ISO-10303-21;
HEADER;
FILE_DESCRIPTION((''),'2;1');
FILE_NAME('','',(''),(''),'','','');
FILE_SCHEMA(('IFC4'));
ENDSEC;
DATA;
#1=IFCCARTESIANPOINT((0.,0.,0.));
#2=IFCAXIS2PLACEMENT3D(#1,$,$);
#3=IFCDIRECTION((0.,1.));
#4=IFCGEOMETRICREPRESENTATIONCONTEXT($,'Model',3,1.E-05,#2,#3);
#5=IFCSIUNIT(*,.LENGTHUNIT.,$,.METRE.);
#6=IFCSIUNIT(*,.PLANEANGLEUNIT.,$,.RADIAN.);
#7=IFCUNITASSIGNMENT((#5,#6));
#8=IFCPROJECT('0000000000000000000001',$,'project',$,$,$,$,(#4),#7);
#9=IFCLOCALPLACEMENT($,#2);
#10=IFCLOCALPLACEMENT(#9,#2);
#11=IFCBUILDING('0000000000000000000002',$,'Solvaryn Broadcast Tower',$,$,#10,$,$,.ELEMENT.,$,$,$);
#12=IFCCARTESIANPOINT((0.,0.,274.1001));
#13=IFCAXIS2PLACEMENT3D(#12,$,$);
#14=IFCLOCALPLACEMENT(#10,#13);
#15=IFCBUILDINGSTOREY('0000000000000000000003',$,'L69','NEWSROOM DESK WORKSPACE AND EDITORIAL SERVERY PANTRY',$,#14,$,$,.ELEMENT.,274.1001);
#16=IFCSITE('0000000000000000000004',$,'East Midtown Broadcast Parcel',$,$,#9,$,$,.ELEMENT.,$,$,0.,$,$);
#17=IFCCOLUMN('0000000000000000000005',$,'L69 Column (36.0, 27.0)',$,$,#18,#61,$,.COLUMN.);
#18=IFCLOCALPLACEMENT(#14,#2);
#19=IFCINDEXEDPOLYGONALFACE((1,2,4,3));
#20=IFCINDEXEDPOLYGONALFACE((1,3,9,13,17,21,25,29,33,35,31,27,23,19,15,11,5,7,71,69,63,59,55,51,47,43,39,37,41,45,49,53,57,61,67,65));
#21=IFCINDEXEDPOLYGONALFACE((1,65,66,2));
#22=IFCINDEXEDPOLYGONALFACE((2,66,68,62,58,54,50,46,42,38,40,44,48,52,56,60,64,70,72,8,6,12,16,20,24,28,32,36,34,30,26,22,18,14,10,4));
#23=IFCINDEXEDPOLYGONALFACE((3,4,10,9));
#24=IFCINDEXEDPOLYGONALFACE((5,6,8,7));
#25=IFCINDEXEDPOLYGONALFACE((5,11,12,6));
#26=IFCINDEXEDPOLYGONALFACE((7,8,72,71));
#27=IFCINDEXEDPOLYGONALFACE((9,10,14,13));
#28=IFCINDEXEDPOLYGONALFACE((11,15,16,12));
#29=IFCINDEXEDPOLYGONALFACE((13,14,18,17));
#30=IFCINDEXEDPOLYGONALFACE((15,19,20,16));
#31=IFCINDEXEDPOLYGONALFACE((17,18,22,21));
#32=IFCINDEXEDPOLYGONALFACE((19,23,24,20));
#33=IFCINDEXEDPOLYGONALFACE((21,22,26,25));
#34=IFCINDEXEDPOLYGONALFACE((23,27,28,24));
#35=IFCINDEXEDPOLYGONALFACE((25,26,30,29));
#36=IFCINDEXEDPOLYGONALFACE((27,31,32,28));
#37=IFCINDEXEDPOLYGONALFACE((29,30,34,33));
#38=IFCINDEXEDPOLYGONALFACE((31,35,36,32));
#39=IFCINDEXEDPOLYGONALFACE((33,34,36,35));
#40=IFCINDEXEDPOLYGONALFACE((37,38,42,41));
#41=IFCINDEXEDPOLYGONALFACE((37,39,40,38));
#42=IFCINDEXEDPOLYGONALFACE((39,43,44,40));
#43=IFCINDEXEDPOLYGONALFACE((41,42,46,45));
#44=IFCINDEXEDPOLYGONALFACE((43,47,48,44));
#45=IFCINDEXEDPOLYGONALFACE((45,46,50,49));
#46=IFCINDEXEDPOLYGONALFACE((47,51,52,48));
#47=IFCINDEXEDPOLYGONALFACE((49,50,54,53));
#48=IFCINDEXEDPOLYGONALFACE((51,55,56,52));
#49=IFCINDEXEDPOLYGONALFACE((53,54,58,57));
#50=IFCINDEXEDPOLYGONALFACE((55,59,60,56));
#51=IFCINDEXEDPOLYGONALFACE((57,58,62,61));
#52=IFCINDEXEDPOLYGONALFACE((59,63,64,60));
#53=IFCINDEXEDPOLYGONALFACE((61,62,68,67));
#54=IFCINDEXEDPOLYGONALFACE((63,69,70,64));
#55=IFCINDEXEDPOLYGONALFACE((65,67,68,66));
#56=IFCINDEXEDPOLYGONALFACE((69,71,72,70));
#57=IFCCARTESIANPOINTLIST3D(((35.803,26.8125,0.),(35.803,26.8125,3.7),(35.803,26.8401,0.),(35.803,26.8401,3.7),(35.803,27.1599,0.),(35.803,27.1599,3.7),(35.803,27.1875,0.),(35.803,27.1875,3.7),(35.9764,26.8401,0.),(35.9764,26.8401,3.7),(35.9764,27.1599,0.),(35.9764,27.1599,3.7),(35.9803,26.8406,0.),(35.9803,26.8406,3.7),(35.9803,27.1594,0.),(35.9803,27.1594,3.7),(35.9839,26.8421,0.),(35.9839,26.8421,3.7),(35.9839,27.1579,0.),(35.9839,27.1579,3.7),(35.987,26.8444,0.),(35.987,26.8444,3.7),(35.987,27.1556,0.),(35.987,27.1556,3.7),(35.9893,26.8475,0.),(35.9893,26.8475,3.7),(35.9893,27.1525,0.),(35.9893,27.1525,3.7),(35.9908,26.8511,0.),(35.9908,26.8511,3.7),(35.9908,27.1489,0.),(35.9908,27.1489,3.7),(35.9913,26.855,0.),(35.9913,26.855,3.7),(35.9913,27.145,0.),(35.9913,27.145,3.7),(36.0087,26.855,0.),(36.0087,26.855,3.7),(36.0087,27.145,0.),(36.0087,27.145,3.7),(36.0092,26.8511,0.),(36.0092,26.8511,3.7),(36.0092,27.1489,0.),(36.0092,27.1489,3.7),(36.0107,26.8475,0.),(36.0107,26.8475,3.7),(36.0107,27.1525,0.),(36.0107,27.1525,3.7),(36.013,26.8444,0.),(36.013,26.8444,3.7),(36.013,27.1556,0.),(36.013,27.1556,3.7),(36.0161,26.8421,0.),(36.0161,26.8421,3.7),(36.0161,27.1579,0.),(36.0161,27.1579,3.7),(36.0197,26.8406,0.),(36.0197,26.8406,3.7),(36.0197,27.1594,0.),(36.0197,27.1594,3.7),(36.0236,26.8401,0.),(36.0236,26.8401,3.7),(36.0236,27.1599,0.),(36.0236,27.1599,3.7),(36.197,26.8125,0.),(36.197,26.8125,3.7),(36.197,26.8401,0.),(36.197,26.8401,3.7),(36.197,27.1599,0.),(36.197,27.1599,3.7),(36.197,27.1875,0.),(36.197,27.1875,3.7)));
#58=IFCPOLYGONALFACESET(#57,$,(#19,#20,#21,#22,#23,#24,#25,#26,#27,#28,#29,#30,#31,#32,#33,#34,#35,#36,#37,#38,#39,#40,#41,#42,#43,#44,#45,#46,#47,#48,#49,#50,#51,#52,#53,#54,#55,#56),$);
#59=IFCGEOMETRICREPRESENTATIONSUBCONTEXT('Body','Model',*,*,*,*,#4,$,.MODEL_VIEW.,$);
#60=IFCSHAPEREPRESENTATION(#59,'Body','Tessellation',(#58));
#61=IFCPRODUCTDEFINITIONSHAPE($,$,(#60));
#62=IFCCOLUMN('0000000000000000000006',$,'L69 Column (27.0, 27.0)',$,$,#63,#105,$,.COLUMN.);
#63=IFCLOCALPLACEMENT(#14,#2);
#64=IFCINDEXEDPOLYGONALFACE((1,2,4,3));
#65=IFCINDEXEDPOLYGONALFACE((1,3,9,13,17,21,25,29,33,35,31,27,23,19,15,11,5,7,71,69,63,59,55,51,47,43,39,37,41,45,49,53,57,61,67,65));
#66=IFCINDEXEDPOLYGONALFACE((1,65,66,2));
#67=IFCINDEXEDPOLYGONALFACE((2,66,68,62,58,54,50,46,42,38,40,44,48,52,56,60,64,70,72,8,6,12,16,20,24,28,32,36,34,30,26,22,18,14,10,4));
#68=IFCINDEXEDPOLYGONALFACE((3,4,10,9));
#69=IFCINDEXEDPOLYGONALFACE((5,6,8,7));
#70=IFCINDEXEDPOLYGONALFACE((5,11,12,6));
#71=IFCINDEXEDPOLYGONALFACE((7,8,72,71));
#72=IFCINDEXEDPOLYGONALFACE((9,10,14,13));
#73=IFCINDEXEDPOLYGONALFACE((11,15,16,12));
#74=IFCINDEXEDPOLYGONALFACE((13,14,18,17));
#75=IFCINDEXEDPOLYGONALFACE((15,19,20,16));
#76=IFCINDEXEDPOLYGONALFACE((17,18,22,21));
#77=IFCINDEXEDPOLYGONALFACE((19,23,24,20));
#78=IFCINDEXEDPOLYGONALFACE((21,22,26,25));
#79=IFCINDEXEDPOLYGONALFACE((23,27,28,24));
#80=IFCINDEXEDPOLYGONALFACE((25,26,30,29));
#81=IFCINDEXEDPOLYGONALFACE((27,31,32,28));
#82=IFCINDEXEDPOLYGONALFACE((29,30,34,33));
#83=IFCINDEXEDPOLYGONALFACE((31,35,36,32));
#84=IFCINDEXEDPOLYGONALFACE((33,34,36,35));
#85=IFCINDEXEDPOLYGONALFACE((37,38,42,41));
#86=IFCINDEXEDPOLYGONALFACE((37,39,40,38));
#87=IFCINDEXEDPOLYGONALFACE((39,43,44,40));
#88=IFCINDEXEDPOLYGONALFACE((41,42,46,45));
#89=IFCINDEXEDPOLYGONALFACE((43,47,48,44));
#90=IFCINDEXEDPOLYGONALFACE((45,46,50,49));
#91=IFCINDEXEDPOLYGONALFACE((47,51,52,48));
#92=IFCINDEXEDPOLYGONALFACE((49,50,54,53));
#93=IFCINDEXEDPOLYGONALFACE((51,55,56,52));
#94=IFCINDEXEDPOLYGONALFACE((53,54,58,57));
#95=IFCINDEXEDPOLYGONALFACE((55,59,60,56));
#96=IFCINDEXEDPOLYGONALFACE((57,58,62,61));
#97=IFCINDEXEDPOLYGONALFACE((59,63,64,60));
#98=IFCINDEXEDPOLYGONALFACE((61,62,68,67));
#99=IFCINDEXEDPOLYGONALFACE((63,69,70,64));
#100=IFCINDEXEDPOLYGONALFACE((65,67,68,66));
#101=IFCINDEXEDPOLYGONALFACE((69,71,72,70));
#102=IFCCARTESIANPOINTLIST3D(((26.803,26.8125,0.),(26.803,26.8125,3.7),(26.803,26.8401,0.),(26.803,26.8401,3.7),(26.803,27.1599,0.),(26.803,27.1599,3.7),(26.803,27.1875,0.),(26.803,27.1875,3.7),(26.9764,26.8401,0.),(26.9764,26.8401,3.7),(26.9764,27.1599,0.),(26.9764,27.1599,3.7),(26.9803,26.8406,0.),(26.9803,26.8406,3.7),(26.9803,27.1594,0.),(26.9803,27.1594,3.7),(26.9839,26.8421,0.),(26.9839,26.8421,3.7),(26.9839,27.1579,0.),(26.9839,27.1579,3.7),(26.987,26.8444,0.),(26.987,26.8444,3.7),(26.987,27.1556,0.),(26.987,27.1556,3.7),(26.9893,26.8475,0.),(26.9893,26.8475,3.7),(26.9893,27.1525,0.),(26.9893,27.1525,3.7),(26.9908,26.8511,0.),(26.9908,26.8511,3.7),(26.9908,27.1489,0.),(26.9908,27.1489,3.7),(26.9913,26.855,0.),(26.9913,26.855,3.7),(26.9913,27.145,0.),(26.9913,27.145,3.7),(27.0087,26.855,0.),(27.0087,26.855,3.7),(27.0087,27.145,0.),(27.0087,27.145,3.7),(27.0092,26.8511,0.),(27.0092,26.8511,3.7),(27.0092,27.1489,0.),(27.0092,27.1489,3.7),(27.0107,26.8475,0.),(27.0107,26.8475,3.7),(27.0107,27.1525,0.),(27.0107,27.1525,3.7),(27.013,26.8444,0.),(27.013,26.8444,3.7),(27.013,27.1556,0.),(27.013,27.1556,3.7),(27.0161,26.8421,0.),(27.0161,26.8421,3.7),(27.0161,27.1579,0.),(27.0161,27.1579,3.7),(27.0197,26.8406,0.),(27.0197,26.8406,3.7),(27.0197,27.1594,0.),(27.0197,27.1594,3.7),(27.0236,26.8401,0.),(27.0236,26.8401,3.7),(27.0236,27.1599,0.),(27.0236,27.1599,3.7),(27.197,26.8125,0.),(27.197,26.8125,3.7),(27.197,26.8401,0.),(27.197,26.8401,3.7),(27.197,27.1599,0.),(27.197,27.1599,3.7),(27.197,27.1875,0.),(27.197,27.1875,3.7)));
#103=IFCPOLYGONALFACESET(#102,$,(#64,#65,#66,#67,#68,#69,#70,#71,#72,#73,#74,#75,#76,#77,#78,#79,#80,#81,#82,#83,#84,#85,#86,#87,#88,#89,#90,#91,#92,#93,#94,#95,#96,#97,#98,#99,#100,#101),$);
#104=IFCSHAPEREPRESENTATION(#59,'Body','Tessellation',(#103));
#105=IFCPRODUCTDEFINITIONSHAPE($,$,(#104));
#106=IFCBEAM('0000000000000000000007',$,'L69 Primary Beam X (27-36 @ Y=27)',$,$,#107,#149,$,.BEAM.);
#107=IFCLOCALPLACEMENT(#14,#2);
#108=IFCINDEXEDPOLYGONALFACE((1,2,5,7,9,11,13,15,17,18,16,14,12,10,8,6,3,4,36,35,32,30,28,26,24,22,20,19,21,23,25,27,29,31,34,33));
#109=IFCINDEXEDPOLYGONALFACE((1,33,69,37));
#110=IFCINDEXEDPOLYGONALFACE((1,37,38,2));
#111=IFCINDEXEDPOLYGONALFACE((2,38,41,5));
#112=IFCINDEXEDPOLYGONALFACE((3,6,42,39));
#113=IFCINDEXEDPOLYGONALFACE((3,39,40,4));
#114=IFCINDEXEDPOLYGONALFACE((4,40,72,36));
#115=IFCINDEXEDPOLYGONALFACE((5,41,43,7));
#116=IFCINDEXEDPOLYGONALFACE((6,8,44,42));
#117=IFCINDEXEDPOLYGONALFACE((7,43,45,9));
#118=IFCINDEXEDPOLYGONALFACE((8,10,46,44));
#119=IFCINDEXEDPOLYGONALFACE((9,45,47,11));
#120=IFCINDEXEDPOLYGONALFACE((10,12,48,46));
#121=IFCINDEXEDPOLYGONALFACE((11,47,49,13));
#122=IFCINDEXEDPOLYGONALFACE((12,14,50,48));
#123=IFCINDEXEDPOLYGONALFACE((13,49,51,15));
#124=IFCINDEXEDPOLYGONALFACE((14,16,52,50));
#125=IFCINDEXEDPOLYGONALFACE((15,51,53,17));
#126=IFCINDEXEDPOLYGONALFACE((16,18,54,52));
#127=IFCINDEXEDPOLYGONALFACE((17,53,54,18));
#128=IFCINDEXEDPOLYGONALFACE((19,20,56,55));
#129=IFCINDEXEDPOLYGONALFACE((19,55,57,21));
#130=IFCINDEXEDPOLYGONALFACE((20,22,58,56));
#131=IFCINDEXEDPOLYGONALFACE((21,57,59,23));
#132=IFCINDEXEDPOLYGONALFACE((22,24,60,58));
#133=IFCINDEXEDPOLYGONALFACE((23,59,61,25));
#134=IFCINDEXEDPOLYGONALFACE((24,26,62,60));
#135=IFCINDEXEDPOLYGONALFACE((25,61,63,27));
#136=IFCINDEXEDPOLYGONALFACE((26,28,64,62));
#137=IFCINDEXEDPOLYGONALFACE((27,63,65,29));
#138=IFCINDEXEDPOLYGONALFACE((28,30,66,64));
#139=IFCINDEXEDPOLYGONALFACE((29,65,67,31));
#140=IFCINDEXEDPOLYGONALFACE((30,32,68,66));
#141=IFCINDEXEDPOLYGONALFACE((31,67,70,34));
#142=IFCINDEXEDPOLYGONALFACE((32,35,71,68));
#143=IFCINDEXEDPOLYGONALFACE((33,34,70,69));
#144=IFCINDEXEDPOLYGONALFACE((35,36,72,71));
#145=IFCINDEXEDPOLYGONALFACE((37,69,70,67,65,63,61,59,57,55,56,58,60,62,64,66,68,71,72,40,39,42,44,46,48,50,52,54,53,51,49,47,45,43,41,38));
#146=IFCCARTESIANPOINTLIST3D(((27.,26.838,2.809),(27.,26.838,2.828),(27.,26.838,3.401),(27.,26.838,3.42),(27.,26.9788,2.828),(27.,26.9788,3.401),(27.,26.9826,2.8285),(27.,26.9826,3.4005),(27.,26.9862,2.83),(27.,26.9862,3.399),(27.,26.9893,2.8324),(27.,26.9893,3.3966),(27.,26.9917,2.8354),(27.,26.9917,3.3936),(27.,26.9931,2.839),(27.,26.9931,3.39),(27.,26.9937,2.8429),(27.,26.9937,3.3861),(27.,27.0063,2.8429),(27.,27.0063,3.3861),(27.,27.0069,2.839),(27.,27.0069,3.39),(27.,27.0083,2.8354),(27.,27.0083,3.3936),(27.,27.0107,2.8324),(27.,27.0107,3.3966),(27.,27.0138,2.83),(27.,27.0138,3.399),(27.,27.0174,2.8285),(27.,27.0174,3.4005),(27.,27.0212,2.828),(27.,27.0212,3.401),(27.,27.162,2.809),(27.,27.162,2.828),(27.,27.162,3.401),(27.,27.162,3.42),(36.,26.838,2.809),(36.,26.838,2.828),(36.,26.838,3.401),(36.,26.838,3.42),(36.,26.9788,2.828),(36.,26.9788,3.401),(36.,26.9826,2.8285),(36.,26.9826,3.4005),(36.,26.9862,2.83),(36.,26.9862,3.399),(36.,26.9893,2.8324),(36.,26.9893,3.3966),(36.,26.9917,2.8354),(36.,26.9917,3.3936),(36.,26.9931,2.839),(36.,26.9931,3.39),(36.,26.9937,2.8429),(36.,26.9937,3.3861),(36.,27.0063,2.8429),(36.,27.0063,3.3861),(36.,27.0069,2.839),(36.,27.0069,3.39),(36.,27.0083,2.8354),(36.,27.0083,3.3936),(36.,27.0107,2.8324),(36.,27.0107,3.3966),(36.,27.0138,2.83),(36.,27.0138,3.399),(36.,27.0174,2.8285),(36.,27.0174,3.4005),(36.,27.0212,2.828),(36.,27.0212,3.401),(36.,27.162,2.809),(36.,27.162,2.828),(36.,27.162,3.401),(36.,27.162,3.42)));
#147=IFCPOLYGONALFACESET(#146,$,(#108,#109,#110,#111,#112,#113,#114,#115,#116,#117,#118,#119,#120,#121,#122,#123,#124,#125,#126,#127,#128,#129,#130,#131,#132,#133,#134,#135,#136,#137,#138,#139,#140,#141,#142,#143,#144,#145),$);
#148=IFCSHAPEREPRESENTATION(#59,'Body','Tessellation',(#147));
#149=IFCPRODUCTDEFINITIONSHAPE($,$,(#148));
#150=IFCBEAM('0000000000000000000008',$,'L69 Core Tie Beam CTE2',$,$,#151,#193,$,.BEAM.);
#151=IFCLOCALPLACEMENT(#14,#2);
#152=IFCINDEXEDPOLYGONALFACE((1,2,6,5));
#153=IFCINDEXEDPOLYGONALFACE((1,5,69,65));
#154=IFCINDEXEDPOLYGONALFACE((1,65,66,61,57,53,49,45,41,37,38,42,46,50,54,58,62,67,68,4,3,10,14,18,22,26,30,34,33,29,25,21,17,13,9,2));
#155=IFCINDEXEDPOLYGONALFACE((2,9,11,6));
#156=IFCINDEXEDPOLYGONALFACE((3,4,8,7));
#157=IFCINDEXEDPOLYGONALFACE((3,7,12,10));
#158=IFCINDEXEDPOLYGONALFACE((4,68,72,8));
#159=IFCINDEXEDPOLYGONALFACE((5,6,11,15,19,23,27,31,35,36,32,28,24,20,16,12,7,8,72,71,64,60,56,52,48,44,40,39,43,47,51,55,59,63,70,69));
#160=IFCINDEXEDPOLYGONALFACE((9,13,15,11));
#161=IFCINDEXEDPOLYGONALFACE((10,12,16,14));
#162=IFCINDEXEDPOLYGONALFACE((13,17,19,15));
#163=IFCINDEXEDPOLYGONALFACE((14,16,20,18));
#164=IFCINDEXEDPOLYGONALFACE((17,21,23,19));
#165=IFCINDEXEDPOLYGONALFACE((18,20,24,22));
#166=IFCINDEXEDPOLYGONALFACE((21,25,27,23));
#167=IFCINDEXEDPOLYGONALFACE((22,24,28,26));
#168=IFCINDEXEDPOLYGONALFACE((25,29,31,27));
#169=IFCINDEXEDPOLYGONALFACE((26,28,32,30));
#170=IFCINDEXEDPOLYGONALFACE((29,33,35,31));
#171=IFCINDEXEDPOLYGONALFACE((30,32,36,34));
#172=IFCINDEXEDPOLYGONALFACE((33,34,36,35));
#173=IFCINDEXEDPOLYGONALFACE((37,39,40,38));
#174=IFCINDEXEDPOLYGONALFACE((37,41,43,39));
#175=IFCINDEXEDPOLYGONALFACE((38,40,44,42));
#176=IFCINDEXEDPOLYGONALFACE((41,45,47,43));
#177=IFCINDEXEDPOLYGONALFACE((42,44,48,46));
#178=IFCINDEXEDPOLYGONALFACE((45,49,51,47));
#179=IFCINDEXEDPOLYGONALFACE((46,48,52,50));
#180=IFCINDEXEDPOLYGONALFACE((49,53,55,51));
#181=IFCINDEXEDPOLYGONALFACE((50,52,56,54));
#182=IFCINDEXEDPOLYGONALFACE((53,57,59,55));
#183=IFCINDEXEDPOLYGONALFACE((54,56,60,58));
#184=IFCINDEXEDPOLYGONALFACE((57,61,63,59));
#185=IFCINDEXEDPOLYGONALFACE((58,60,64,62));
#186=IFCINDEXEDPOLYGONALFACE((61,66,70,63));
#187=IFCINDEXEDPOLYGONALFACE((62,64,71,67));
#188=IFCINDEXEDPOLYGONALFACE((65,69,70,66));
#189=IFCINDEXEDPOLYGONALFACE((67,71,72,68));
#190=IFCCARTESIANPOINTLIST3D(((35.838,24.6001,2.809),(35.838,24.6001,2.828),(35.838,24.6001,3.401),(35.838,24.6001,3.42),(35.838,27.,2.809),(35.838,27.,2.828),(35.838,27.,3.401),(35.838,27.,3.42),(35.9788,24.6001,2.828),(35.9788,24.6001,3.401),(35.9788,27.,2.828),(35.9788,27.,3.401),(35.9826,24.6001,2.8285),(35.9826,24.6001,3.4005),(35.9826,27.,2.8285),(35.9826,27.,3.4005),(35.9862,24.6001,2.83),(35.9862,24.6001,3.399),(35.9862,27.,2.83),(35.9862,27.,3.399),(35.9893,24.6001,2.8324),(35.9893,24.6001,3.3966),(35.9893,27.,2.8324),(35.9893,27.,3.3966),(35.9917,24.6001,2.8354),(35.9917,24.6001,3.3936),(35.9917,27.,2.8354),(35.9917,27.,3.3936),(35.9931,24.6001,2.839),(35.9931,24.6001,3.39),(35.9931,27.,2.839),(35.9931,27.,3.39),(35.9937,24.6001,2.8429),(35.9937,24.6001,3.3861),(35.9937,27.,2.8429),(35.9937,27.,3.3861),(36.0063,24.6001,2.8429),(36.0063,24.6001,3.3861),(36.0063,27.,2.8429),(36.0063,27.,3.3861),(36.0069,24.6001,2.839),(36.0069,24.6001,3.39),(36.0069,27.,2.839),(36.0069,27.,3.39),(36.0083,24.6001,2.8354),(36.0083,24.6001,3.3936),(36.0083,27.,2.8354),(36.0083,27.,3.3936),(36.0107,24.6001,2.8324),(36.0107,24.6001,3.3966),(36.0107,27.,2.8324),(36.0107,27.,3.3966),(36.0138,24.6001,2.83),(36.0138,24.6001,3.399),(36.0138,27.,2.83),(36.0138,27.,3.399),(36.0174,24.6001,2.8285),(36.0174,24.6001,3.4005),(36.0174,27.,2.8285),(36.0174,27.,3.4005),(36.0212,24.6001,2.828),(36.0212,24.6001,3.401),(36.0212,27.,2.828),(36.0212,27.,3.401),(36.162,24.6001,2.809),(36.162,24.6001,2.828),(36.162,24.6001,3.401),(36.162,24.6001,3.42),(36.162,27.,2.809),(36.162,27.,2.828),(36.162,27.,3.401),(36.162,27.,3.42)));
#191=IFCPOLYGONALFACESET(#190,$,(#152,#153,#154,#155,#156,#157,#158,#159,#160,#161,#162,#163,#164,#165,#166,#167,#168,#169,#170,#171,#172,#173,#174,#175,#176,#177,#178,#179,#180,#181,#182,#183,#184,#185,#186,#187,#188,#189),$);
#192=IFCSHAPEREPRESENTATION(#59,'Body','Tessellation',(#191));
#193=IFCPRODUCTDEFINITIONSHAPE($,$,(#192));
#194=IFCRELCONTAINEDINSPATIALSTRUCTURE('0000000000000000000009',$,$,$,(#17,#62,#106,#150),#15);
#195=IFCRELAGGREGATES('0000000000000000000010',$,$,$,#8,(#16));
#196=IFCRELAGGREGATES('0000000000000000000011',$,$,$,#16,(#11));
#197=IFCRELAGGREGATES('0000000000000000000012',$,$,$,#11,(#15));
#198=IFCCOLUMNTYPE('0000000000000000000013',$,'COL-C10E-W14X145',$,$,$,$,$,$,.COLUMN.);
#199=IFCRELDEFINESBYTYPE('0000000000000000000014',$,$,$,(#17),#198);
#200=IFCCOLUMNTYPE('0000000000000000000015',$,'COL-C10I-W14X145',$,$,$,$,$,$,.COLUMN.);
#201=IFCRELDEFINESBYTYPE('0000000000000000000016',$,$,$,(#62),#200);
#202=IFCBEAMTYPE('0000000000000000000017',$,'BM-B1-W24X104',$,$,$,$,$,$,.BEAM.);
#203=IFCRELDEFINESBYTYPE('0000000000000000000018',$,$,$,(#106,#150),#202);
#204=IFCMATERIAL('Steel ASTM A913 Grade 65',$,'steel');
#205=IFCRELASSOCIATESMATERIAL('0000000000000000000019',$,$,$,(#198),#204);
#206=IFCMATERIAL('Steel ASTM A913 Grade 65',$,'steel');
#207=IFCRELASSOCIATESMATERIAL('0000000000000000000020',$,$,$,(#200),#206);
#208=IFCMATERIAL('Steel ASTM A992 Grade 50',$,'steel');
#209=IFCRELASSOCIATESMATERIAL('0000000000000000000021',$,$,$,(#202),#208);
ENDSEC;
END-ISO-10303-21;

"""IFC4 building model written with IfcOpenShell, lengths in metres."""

from ifc_helpers import new_model, si_unit, direction, frame, origin, origin_2d, place, context, subcontext, project, spatial, i_section, extrude, material, material_profile, profile_set, type_object, element, save


model = new_model("IFC4")

# Units and contexts
model_context = context("Model", 3, precision=1e-05, world=origin(), true_north=direction((0.0, 1.0)))
body_context = subcontext(model_context, "Body", "Model", "MODEL_VIEW")
ifc_project = project(units=[si_unit("LENGTHUNIT", "METRE"), si_unit("PLANEANGLEUNIT", "RADIAN")], contexts=[model_context])

# Site, building, storey
site_placement = place(None, origin())
site = spatial("IfcSite", under=ifc_project, at=site_placement, Name="East Midtown Broadcast Parcel", CompositionType="ELEMENT", RefElevation=0.0)
building_placement = place(site_placement, origin())
building = spatial("IfcBuilding", under=site, at=building_placement, Name="Solvaryn Broadcast Tower", CompositionType="ELEMENT")
storey_placement = place(building_placement, frame((0.0, 0.0, 274.1001)))
storey = spatial("IfcBuildingStorey", under=building, at=storey_placement, Name="L69", Description="NEWSROOM DESK WORKSPACE AND EDITORIAL SERVERY PANTRY", CompositionType="ELEMENT", Elevation=274.1001)

# Columns
ifc_material_1 = material(Name="Steel ASTM A913 Grade 65", Category="steel")
ifc_material_profile_1 = material_profile(ifc_material_1, i_section(OverallWidth=0.394, OverallDepth=0.375, WebThickness=0.0173, FlangeThickness=0.0276, FilletRadius=0.0149, at=origin_2d()))
ifc_profile_set_1 = profile_set([ifc_material_profile_1], Name="Steel ASTM A913 Grade 65")
column_type_1 = type_object("IfcColumnType", Name="COL-C10E-W14X145", PredefinedType="COLUMN", material=ifc_profile_set_1)
column_1_placement = place(storey_placement, frame((36.0, 27.0, 0.0), z_axis=(0.0, 0.0, 1.0), x_axis=(1.0, 0.0, 0.0)))
element("IfcColumn", 1, at=column_1_placement, inside=storey, type_object=column_type_1, Name="L69 Column (36.0, 27.0)", PredefinedType="COLUMN", context=body_context, shape_type="SweptSolid", body=[
    extrude(i_section(OverallWidth=0.394, OverallDepth=0.375, WebThickness=0.0173, FlangeThickness=0.0276, FilletRadius=0.0149, at=origin_2d()), origin(), (0.0, 0.0, 1.0), 3.7),
])
ifc_material_2 = material(Name="Steel ASTM A913 Grade 65", Category="steel")
ifc_material_profile_2 = material_profile(ifc_material_2, i_section(OverallWidth=0.394, OverallDepth=0.375, WebThickness=0.0173, FlangeThickness=0.0276, FilletRadius=0.0149, at=origin_2d()))
ifc_profile_set_2 = profile_set([ifc_material_profile_2], Name="Steel ASTM A913 Grade 65")
column_type_2 = type_object("IfcColumnType", Name="COL-C10I-W14X145", PredefinedType="COLUMN", material=ifc_profile_set_2)
column_2_placement = place(storey_placement, frame((27.0, 27.0, 0.0), z_axis=(0.0, 0.0, 1.0), x_axis=(1.0, 0.0, 0.0)))
element("IfcColumn", 2, at=column_2_placement, inside=storey, type_object=column_type_2, Name="L69 Column (27.0, 27.0)", PredefinedType="COLUMN", context=body_context, shape_type="SweptSolid", body=[
    extrude(i_section(OverallWidth=0.394, OverallDepth=0.375, WebThickness=0.0173, FlangeThickness=0.0276, FilletRadius=0.0149, at=origin_2d()), origin(), (0.0, 0.0, 1.0), 3.7),
])

# Beams
ifc_material_3 = material(Name="Steel ASTM A992 Grade 50", Category="steel")
ifc_material_profile_3 = material_profile(ifc_material_3, i_section(OverallWidth=0.324, OverallDepth=0.6111, WebThickness=0.0127, FlangeThickness=0.019, FilletRadius=0.0149, at=origin_2d()))
ifc_profile_set_3 = profile_set([ifc_material_profile_3], Name="Steel ASTM A992 Grade 50")
beam_type_1 = type_object("IfcBeamType", Name="BM-B1-W24X104", PredefinedType="BEAM", material=ifc_profile_set_3)
beam_1_placement = place(storey_placement, frame((27.0, 27.0, 3.1145), z_axis=(1.0, 0.0, 0.0), x_axis=(0.0, 1.0, 0.0)))
element("IfcBeam", 3, at=beam_1_placement, inside=storey, type_object=beam_type_1, Name="L69 Primary Beam X (27-36 @ Y=27)", PredefinedType="BEAM", context=body_context, shape_type="SweptSolid", body=[
    extrude(i_section(OverallWidth=0.324, OverallDepth=0.6111, WebThickness=0.0127, FlangeThickness=0.019, FilletRadius=0.0149, at=origin_2d()), origin(), (0.0, 0.0, 1.0), 9.0),
])
beam_2_placement = place(storey_placement, frame((36.0, 24.6001, 3.1145), z_axis=(0.0, 1.0, 0.0), x_axis=(-1.0, 0.0, 0.0)))
element("IfcBeam", 4, at=beam_2_placement, inside=storey, type_object=beam_type_1, Name="L69 Core Tie Beam CTE2", PredefinedType="BEAM", context=body_context, shape_type="SweptSolid", body=[
    extrude(i_section(OverallWidth=0.324, OverallDepth=0.6111, WebThickness=0.0127, FlangeThickness=0.019, FilletRadius=0.0149, at=origin_2d()), origin(), (0.0, 0.0, 1.0), 2.3999),
])

save(model, "model.ifc")
